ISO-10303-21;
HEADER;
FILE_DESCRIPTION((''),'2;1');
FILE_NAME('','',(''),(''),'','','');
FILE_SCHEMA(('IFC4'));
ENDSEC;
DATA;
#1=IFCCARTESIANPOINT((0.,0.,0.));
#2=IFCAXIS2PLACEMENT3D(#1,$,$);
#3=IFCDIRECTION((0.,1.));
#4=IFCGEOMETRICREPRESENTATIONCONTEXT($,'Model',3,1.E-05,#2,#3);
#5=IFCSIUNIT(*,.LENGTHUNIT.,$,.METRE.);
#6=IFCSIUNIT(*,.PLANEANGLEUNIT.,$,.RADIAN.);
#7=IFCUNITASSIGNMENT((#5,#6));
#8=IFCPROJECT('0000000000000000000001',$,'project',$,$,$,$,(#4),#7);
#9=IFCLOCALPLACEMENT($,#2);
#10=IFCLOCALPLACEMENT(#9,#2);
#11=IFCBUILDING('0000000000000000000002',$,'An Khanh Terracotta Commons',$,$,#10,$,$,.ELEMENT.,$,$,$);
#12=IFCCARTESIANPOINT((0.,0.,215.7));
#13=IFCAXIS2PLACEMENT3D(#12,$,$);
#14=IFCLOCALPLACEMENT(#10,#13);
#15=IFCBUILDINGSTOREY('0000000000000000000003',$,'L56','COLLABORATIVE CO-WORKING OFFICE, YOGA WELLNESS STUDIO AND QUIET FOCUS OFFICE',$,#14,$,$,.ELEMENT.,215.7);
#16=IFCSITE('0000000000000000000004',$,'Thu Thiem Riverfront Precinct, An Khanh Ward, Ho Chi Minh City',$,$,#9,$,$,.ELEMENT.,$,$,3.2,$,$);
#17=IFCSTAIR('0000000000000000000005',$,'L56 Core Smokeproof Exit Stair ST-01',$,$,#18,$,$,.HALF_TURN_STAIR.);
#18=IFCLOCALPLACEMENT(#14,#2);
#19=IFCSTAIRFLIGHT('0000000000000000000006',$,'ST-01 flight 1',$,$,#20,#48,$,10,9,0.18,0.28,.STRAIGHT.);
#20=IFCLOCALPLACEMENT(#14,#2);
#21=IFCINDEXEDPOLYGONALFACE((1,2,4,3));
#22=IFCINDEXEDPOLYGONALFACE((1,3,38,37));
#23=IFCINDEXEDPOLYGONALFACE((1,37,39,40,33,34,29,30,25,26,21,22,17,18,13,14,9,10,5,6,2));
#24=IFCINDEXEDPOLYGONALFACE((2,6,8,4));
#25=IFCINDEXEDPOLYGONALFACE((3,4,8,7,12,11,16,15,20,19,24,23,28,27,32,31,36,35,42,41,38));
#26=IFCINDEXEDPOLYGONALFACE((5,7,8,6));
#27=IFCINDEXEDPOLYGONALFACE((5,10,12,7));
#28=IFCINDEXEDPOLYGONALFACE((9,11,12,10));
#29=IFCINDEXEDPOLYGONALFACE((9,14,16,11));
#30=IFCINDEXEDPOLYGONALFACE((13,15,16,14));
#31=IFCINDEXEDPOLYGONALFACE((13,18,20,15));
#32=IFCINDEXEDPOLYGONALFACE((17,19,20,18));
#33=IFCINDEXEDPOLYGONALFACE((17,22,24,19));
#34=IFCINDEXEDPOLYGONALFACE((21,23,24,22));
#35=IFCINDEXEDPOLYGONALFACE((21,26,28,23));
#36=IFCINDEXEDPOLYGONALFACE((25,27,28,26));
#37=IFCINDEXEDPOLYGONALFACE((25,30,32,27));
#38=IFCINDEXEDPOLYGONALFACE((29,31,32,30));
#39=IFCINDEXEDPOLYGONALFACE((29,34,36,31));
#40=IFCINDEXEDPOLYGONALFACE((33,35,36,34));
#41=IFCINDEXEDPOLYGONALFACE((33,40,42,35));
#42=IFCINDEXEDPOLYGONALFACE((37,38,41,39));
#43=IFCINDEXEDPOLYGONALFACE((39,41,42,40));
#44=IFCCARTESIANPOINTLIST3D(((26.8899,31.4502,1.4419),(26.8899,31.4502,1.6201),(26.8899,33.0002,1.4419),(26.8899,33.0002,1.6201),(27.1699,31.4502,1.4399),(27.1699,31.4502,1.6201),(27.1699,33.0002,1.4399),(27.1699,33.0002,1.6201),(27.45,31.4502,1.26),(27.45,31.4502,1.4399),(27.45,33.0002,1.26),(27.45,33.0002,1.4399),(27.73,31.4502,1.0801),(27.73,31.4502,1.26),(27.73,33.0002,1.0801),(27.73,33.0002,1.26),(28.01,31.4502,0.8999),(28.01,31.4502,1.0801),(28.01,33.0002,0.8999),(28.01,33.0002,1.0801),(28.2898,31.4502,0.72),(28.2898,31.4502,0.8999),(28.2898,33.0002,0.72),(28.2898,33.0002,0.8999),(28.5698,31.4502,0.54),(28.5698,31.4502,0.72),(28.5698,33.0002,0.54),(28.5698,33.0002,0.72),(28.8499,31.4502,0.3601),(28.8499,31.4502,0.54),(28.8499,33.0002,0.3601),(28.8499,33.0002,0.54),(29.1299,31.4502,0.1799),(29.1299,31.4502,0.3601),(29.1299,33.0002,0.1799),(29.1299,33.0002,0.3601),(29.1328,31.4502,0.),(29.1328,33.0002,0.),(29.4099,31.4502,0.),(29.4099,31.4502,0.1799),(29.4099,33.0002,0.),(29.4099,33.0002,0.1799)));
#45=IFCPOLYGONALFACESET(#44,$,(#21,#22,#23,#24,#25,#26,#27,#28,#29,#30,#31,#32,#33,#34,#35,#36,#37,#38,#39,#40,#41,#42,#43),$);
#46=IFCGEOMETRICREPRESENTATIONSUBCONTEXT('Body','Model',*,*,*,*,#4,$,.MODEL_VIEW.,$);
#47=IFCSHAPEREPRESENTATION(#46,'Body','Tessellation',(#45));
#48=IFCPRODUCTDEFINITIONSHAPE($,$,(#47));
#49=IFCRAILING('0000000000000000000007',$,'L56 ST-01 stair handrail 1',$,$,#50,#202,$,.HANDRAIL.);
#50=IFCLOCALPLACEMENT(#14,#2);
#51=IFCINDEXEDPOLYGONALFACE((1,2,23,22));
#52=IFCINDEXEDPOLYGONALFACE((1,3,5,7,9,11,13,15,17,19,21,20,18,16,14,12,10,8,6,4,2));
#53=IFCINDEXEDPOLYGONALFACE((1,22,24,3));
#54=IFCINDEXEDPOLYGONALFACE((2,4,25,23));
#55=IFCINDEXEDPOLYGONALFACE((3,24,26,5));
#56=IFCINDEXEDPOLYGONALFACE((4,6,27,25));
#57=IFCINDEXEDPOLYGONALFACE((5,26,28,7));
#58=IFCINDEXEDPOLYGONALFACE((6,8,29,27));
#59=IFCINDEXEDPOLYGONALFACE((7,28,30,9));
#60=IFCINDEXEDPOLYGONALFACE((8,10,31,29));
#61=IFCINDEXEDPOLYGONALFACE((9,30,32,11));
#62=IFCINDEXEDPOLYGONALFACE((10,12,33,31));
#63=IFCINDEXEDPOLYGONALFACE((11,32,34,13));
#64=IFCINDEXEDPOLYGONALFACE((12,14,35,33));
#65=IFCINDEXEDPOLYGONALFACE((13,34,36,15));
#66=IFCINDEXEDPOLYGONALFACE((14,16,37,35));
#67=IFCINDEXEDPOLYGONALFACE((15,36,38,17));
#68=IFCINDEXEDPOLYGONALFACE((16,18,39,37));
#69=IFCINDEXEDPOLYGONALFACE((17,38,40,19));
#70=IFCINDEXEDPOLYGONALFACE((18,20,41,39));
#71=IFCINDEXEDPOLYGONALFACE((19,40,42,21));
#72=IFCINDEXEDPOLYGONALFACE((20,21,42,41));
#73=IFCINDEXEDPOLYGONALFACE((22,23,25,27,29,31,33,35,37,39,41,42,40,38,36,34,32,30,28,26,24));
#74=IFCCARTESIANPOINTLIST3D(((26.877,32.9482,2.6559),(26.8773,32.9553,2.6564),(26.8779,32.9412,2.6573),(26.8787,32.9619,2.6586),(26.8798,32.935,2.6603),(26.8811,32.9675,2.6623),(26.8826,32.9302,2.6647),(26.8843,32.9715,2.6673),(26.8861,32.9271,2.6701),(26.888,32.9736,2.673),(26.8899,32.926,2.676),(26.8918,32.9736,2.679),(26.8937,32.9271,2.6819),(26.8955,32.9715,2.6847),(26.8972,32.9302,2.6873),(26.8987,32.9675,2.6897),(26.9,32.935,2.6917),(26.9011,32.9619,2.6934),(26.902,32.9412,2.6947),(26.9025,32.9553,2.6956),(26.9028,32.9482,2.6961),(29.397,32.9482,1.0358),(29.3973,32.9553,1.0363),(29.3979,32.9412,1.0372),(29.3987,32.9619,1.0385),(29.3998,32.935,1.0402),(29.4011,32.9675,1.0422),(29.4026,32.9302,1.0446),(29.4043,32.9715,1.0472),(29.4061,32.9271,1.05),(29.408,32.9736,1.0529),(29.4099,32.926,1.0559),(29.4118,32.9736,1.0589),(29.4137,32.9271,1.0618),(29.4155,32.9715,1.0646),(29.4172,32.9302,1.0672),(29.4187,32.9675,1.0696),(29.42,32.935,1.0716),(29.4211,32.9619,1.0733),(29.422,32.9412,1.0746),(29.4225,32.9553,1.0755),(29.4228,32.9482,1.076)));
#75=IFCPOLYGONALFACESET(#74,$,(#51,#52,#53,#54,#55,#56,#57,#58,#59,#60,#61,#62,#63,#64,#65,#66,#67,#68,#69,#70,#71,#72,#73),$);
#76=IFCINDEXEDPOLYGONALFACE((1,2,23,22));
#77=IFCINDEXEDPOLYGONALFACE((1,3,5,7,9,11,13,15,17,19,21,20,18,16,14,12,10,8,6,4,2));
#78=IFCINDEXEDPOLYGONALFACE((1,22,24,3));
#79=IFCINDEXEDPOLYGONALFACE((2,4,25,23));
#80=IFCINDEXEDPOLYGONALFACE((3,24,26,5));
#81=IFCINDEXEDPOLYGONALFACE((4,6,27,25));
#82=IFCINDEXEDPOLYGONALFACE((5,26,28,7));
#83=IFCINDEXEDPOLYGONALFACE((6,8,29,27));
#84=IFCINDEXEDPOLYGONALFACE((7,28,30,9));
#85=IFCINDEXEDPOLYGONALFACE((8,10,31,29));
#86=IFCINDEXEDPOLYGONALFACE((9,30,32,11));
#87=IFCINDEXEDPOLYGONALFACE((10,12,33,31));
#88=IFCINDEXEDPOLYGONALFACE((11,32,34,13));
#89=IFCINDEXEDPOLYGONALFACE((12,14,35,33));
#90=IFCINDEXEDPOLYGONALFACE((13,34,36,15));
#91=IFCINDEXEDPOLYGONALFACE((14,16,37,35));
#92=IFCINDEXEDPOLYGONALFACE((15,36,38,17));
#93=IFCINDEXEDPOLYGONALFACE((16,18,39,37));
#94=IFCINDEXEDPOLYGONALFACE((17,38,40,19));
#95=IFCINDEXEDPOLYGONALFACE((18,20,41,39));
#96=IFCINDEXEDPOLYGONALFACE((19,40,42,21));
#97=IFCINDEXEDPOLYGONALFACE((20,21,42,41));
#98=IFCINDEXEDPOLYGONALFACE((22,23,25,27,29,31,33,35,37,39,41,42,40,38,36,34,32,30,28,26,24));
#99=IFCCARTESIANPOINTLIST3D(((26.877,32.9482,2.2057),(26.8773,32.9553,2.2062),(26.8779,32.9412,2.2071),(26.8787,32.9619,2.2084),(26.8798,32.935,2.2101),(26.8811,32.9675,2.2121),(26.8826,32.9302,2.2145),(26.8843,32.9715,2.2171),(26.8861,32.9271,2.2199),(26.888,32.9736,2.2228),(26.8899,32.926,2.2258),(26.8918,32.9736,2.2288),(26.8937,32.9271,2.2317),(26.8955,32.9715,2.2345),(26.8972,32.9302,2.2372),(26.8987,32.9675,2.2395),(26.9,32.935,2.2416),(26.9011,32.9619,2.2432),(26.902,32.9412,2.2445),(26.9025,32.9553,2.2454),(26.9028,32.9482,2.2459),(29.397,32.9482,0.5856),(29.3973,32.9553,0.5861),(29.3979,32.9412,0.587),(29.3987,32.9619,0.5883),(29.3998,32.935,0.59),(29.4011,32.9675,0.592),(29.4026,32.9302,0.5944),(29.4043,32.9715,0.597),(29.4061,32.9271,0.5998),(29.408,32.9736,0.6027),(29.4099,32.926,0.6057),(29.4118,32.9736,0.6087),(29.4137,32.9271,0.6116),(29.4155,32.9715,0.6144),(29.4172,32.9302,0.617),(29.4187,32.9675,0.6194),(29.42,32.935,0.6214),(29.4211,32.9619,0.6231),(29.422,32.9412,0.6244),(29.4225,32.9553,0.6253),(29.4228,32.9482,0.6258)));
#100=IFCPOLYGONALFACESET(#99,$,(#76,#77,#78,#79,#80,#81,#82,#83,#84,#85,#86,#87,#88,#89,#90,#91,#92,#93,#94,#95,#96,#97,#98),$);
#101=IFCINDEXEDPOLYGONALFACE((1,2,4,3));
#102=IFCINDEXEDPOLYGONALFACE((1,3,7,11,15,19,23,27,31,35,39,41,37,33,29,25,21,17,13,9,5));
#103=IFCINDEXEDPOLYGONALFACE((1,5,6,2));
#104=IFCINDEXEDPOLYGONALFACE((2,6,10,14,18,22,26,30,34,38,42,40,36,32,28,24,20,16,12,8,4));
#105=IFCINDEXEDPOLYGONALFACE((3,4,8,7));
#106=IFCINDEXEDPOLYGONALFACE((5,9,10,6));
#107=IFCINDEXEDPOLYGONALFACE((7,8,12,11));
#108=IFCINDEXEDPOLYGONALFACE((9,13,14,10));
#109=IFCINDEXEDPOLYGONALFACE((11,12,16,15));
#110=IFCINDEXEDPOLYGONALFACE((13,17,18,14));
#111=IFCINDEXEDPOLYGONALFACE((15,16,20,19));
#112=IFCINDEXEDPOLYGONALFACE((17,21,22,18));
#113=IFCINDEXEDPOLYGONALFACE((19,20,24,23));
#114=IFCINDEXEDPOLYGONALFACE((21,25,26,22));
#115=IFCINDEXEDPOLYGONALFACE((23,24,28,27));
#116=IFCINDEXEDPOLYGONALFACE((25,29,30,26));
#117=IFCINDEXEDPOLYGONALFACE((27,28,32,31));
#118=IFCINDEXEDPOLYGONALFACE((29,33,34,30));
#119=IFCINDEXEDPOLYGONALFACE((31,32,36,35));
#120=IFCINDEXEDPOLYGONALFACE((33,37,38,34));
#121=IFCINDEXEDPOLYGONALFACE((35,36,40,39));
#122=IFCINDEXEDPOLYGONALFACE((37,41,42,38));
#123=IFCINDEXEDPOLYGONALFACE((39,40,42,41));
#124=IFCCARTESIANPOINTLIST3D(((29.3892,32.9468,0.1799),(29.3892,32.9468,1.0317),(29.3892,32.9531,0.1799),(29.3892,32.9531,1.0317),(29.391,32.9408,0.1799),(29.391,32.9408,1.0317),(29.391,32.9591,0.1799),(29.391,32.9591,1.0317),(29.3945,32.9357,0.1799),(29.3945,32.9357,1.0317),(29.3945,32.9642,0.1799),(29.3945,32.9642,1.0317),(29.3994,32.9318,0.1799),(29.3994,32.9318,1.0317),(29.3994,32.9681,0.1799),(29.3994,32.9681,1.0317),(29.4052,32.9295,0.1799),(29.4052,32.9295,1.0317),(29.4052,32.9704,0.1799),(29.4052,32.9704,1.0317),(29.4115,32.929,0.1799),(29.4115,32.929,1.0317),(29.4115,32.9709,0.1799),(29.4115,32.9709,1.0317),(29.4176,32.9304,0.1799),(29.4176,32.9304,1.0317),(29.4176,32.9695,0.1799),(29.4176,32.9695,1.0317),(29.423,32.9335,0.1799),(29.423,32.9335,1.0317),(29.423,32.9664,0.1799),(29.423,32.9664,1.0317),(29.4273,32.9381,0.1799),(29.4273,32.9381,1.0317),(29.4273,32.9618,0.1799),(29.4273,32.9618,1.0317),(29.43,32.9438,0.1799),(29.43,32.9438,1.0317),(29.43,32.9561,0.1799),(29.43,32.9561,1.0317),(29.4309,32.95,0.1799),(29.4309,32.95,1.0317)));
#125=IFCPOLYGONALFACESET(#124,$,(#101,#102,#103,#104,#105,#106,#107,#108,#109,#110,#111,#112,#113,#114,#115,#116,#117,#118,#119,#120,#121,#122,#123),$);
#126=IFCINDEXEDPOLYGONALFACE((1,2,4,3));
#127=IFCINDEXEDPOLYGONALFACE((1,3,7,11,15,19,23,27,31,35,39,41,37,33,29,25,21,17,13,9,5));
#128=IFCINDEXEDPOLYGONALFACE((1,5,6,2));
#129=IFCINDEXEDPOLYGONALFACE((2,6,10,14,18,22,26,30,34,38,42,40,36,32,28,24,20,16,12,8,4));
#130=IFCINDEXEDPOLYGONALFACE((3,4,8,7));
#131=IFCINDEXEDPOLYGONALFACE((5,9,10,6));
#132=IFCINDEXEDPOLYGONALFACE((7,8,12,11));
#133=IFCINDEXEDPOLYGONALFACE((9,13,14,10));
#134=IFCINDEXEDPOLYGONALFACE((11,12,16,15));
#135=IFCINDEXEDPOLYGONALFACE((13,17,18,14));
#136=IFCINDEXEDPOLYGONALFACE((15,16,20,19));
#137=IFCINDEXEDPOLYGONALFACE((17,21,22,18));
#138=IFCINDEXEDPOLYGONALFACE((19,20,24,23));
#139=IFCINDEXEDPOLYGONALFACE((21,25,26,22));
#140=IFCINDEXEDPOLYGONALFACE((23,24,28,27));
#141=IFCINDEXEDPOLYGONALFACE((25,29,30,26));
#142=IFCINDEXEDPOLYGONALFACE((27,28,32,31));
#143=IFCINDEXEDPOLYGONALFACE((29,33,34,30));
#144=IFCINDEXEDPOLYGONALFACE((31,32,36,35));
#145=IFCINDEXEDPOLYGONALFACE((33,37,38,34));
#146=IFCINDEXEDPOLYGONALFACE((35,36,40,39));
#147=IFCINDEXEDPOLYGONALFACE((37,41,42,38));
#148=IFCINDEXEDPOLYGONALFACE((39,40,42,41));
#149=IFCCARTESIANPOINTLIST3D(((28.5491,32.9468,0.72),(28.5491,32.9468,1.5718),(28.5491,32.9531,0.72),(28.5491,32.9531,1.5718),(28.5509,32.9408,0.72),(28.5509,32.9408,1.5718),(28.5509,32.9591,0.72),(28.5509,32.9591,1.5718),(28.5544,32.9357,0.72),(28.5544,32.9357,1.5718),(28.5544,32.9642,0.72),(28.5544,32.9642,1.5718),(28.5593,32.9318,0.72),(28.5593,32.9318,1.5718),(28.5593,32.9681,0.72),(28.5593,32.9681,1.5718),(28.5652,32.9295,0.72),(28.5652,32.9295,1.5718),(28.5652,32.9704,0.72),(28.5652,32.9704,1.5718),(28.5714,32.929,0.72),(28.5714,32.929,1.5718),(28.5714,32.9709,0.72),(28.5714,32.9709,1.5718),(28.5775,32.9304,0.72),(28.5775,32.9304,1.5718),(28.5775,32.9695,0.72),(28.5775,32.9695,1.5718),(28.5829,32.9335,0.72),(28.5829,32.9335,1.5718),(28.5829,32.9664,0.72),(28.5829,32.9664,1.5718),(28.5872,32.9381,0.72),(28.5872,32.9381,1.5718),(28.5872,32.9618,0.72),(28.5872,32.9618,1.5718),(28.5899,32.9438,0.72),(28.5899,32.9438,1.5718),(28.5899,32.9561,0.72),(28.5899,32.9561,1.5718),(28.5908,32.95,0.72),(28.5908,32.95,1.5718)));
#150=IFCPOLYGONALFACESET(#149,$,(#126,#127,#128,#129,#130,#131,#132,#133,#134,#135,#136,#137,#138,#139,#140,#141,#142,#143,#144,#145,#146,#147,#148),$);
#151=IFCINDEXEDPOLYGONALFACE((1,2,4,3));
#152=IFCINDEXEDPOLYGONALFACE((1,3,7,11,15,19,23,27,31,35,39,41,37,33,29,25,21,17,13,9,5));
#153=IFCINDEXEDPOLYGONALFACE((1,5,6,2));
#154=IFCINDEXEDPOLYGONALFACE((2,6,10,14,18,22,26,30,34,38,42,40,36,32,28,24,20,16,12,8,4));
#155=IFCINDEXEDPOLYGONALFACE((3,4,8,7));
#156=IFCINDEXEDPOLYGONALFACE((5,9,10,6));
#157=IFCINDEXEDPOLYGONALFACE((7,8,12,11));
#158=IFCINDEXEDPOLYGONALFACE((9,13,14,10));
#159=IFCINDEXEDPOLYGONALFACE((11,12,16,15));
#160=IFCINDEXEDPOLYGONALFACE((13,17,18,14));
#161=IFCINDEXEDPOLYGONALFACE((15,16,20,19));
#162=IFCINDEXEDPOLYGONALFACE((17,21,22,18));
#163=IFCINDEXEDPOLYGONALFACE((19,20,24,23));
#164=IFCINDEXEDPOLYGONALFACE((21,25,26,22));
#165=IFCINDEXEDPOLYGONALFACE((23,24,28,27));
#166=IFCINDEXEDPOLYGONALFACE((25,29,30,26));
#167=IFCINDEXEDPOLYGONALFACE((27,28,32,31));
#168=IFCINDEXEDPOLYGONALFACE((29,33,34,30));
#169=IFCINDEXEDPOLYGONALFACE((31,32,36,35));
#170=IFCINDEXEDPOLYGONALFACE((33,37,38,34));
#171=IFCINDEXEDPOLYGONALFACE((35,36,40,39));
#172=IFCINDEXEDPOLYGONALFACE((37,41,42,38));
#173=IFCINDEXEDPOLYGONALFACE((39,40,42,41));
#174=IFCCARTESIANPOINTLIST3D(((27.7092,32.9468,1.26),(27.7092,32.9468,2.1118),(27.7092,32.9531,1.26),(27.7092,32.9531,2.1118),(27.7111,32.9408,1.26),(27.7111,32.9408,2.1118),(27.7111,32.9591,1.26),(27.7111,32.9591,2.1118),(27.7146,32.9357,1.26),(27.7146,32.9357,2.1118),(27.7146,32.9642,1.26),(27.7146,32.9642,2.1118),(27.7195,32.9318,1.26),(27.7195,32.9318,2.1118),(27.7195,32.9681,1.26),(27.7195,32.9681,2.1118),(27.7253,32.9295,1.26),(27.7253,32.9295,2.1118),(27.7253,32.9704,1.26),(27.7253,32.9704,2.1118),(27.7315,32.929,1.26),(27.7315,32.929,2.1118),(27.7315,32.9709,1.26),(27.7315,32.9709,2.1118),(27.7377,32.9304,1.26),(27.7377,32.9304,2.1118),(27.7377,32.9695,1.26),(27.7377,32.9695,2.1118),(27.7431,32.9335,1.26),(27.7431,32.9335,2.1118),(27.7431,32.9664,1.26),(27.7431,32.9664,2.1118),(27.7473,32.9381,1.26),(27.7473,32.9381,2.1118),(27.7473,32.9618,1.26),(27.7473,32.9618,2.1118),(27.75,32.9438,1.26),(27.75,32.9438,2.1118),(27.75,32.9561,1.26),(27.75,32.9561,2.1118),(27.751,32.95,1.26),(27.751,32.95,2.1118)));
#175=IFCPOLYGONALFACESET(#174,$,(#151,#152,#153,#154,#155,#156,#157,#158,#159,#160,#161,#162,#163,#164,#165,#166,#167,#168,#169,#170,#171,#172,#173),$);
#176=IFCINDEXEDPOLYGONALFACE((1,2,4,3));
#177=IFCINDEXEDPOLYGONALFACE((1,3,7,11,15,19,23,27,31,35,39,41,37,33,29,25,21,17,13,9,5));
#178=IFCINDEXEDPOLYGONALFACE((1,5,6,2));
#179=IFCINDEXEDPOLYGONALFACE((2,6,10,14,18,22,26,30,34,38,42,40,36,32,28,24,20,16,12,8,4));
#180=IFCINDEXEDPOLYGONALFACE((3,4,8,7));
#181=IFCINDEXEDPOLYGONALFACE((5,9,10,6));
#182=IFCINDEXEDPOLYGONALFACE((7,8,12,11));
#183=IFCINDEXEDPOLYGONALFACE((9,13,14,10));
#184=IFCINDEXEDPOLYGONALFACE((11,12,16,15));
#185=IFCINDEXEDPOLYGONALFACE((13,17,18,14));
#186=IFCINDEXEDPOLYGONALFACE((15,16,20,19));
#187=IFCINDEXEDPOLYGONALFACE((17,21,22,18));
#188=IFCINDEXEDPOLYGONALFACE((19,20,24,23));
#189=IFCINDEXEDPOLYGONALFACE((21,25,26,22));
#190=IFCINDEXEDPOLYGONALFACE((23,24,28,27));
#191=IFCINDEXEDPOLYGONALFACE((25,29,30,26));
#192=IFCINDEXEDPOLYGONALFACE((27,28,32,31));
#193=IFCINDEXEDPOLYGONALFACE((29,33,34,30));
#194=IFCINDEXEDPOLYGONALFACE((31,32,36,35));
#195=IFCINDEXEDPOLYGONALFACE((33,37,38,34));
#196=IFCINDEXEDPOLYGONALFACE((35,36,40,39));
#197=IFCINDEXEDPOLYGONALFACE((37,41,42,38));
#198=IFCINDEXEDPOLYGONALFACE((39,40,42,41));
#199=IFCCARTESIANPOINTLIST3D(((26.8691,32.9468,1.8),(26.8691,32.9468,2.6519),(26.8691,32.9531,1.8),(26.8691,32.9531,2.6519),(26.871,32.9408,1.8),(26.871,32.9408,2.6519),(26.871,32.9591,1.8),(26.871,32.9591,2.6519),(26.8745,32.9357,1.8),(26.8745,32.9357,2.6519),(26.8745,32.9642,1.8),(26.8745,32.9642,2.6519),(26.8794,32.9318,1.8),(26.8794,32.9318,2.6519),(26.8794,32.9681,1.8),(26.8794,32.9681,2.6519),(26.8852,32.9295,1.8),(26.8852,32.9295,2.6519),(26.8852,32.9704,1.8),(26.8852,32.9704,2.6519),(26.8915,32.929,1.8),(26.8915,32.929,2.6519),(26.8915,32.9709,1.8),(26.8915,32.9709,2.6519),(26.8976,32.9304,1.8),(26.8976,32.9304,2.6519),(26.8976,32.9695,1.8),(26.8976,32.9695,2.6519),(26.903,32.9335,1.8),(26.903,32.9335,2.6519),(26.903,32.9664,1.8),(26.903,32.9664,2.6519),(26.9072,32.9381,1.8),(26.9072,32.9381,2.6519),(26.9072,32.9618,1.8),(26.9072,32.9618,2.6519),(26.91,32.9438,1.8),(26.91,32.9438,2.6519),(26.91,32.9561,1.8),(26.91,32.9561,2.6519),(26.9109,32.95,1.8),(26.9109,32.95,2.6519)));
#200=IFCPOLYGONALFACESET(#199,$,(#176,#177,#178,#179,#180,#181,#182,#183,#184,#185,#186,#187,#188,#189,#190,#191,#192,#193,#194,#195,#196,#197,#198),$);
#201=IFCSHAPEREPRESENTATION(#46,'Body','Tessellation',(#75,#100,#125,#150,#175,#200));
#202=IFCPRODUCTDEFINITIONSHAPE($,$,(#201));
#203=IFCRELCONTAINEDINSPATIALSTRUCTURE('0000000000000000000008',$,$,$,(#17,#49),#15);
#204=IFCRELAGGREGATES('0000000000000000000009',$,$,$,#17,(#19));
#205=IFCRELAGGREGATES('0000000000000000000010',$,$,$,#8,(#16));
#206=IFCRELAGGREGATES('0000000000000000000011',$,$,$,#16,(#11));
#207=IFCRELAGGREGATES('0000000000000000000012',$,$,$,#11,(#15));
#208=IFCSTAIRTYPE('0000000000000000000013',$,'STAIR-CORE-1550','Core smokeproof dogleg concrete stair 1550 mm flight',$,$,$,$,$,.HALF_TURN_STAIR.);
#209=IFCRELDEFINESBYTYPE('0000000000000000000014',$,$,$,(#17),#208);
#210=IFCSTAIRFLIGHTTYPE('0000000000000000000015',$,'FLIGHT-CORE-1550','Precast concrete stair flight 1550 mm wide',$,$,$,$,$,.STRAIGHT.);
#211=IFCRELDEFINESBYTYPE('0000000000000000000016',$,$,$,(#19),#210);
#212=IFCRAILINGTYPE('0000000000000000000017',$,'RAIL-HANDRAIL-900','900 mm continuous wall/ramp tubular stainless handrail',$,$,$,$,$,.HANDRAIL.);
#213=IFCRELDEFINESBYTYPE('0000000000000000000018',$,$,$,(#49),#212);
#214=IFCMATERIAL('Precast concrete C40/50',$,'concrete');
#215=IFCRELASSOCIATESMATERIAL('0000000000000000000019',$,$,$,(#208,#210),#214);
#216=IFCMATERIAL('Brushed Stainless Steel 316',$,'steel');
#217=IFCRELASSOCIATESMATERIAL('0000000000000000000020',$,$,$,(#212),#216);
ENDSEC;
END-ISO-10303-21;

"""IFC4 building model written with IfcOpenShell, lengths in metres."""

from ifc_helpers import new_model, si_unit, direction, frame, origin, origin_2d, place, context, subcontext, project, spatial, polyline, circle, outline, extrude, material, type_object, element, aggregate, save


model = new_model("IFC4")

# Units and contexts
model_context = context("Model", 3, precision=1e-05, world=origin(), true_north=direction((0.0, 1.0)))
body_context = subcontext(model_context, "Body", "Model", "MODEL_VIEW")
ifc_project = project(units=[si_unit("LENGTHUNIT", "METRE"), si_unit("PLANEANGLEUNIT", "RADIAN")], contexts=[model_context])

# Site, building, storey
site_placement = place(None, origin())
site = spatial("IfcSite", under=ifc_project, at=site_placement, Name="Thu Thiem Riverfront Precinct, An Khanh Ward, Ho Chi Minh City", CompositionType="ELEMENT", RefElevation=3.2)
building_placement = place(site_placement, origin())
building = spatial("IfcBuilding", under=site, at=building_placement, Name="An Khanh Terracotta Commons", CompositionType="ELEMENT")
storey_placement = place(building_placement, frame((0.0, 0.0, 215.7)))
storey = spatial("IfcBuildingStorey", under=building, at=storey_placement, Name="L56", Description="COLLABORATIVE CO-WORKING OFFICE, YOGA WELLNESS STUDIO AND QUIET FOCUS OFFICE", CompositionType="ELEMENT", Elevation=215.7)

# Stair, stair flight
ifc_material_1 = material(Name="Precast concrete C40/50", Category="concrete")
stair_type = type_object("IfcStairType", Name="STAIR-CORE-1550", Description="Core smokeproof dogleg concrete stair 1550 mm flight", PredefinedType="HALF_TURN_STAIR", material=ifc_material_1)
stair_placement = place(storey_placement, origin())
stair = element("IfcStair", 1, at=stair_placement, inside=storey, type_object=stair_type, Name="L56 Core Smokeproof Exit Stair ST-01", PredefinedType="HALF_TURN_STAIR")
stair_flight_type = type_object("IfcStairFlightType", Name="FLIGHT-CORE-1550", Description="Precast concrete stair flight 1550 mm wide", PredefinedType="STRAIGHT", material=ifc_material_1)
stair_flight_placement = place(storey_placement, frame((29.4099, 32.2251, 0.0), z_axis=(0.0, 0.0, 1.0), x_axis=(-1.0, 0.0, 0.0)))
stair_flight = element("IfcStairFlight", 2, at=stair_flight_placement, type_object=stair_flight_type, Name="ST-01 flight 1", NumberOfRisers=10, NumberOfTreads=9, PredefinedType="STRAIGHT", RiserHeight=0.18, TreadLength=0.28, context=body_context, shape_type="SweptSolid", body=[
    extrude(outline(polyline([(0.0, 0.0), (0.0, 0.1799), (0.28, 0.1799), (0.28, 0.3601), (0.5601, 0.3601), (0.5601, 0.54), (0.8401, 0.54), (0.8401, 0.72), (1.1201, 0.72), (1.1201, 0.8999), (1.3999, 0.8999), (1.3999, 1.0801), (1.6799, 1.0801), (1.6799, 1.26), (1.96, 1.26), (1.96, 1.4399), (2.24, 1.4399), (2.24, 1.6201), (2.52, 1.6201), (2.52, 1.8), (2.52, 1.4419), (0.2771, 0.0), (0.0, 0.0)])), frame((0.0, 0.7749, 0.0), z_axis=(0.0, -1.0, 0.0), x_axis=(1.0, 0.0, 0.0)), (0.0, 0.0, 1.0), 1.55),
])
aggregate(stair, [stair_flight])

# Railing
ifc_material_2 = material(Name="Brushed Stainless Steel 316", Category="steel")
railing_type_1 = type_object("IfcRailingType", Name="RAIL-HANDRAIL-900", Description="900 mm continuous wall/ramp tubular stainless handrail", PredefinedType="HANDRAIL", material=ifc_material_2)
railing_1_placement = place(storey_placement, frame((29.4099, 32.95, 0.1799)))
element("IfcRailing", 3, at=railing_1_placement, inside=storey, type_object=railing_type_1, Name="L56 ST-01 stair handrail 1", PredefinedType="HANDRAIL", context=body_context, shape_type="SweptSolid", body=[
    extrude(circle(Radius=0.0239, at=origin_2d()), frame((0.0, 0.0, 0.876), z_axis=(-0.841163, 0.0, 0.540782), x_axis=(0.0, -1.0, 0.0)), (0.0, 0.0, 1.0), 2.9958),
    extrude(circle(Radius=0.0239, at=origin_2d()), frame((0.0, 0.0, 0.4258), z_axis=(-0.841163, 0.0, 0.540782), x_axis=(0.0, -1.0, 0.0)), (0.0, 0.0, 1.0), 2.9958),
    extrude(circle(Radius=0.021, at=origin_2d()), origin(), (0.0, 0.0, 1.0), 0.8518),
    extrude(circle(Radius=0.021, at=origin_2d()), frame((-0.8401, 0.0, 0.54)), (0.0, 0.0, 1.0), 0.8518),
    extrude(circle(Radius=0.021, at=origin_2d()), frame((-1.6799, 0.0, 1.0801)), (0.0, 0.0, 1.0), 0.8518),
    extrude(circle(Radius=0.021, at=origin_2d()), frame((-2.52, 0.0, 1.6201)), (0.0, 0.0, 1.0), 0.8518),
])

save(model, "model.ifc")
